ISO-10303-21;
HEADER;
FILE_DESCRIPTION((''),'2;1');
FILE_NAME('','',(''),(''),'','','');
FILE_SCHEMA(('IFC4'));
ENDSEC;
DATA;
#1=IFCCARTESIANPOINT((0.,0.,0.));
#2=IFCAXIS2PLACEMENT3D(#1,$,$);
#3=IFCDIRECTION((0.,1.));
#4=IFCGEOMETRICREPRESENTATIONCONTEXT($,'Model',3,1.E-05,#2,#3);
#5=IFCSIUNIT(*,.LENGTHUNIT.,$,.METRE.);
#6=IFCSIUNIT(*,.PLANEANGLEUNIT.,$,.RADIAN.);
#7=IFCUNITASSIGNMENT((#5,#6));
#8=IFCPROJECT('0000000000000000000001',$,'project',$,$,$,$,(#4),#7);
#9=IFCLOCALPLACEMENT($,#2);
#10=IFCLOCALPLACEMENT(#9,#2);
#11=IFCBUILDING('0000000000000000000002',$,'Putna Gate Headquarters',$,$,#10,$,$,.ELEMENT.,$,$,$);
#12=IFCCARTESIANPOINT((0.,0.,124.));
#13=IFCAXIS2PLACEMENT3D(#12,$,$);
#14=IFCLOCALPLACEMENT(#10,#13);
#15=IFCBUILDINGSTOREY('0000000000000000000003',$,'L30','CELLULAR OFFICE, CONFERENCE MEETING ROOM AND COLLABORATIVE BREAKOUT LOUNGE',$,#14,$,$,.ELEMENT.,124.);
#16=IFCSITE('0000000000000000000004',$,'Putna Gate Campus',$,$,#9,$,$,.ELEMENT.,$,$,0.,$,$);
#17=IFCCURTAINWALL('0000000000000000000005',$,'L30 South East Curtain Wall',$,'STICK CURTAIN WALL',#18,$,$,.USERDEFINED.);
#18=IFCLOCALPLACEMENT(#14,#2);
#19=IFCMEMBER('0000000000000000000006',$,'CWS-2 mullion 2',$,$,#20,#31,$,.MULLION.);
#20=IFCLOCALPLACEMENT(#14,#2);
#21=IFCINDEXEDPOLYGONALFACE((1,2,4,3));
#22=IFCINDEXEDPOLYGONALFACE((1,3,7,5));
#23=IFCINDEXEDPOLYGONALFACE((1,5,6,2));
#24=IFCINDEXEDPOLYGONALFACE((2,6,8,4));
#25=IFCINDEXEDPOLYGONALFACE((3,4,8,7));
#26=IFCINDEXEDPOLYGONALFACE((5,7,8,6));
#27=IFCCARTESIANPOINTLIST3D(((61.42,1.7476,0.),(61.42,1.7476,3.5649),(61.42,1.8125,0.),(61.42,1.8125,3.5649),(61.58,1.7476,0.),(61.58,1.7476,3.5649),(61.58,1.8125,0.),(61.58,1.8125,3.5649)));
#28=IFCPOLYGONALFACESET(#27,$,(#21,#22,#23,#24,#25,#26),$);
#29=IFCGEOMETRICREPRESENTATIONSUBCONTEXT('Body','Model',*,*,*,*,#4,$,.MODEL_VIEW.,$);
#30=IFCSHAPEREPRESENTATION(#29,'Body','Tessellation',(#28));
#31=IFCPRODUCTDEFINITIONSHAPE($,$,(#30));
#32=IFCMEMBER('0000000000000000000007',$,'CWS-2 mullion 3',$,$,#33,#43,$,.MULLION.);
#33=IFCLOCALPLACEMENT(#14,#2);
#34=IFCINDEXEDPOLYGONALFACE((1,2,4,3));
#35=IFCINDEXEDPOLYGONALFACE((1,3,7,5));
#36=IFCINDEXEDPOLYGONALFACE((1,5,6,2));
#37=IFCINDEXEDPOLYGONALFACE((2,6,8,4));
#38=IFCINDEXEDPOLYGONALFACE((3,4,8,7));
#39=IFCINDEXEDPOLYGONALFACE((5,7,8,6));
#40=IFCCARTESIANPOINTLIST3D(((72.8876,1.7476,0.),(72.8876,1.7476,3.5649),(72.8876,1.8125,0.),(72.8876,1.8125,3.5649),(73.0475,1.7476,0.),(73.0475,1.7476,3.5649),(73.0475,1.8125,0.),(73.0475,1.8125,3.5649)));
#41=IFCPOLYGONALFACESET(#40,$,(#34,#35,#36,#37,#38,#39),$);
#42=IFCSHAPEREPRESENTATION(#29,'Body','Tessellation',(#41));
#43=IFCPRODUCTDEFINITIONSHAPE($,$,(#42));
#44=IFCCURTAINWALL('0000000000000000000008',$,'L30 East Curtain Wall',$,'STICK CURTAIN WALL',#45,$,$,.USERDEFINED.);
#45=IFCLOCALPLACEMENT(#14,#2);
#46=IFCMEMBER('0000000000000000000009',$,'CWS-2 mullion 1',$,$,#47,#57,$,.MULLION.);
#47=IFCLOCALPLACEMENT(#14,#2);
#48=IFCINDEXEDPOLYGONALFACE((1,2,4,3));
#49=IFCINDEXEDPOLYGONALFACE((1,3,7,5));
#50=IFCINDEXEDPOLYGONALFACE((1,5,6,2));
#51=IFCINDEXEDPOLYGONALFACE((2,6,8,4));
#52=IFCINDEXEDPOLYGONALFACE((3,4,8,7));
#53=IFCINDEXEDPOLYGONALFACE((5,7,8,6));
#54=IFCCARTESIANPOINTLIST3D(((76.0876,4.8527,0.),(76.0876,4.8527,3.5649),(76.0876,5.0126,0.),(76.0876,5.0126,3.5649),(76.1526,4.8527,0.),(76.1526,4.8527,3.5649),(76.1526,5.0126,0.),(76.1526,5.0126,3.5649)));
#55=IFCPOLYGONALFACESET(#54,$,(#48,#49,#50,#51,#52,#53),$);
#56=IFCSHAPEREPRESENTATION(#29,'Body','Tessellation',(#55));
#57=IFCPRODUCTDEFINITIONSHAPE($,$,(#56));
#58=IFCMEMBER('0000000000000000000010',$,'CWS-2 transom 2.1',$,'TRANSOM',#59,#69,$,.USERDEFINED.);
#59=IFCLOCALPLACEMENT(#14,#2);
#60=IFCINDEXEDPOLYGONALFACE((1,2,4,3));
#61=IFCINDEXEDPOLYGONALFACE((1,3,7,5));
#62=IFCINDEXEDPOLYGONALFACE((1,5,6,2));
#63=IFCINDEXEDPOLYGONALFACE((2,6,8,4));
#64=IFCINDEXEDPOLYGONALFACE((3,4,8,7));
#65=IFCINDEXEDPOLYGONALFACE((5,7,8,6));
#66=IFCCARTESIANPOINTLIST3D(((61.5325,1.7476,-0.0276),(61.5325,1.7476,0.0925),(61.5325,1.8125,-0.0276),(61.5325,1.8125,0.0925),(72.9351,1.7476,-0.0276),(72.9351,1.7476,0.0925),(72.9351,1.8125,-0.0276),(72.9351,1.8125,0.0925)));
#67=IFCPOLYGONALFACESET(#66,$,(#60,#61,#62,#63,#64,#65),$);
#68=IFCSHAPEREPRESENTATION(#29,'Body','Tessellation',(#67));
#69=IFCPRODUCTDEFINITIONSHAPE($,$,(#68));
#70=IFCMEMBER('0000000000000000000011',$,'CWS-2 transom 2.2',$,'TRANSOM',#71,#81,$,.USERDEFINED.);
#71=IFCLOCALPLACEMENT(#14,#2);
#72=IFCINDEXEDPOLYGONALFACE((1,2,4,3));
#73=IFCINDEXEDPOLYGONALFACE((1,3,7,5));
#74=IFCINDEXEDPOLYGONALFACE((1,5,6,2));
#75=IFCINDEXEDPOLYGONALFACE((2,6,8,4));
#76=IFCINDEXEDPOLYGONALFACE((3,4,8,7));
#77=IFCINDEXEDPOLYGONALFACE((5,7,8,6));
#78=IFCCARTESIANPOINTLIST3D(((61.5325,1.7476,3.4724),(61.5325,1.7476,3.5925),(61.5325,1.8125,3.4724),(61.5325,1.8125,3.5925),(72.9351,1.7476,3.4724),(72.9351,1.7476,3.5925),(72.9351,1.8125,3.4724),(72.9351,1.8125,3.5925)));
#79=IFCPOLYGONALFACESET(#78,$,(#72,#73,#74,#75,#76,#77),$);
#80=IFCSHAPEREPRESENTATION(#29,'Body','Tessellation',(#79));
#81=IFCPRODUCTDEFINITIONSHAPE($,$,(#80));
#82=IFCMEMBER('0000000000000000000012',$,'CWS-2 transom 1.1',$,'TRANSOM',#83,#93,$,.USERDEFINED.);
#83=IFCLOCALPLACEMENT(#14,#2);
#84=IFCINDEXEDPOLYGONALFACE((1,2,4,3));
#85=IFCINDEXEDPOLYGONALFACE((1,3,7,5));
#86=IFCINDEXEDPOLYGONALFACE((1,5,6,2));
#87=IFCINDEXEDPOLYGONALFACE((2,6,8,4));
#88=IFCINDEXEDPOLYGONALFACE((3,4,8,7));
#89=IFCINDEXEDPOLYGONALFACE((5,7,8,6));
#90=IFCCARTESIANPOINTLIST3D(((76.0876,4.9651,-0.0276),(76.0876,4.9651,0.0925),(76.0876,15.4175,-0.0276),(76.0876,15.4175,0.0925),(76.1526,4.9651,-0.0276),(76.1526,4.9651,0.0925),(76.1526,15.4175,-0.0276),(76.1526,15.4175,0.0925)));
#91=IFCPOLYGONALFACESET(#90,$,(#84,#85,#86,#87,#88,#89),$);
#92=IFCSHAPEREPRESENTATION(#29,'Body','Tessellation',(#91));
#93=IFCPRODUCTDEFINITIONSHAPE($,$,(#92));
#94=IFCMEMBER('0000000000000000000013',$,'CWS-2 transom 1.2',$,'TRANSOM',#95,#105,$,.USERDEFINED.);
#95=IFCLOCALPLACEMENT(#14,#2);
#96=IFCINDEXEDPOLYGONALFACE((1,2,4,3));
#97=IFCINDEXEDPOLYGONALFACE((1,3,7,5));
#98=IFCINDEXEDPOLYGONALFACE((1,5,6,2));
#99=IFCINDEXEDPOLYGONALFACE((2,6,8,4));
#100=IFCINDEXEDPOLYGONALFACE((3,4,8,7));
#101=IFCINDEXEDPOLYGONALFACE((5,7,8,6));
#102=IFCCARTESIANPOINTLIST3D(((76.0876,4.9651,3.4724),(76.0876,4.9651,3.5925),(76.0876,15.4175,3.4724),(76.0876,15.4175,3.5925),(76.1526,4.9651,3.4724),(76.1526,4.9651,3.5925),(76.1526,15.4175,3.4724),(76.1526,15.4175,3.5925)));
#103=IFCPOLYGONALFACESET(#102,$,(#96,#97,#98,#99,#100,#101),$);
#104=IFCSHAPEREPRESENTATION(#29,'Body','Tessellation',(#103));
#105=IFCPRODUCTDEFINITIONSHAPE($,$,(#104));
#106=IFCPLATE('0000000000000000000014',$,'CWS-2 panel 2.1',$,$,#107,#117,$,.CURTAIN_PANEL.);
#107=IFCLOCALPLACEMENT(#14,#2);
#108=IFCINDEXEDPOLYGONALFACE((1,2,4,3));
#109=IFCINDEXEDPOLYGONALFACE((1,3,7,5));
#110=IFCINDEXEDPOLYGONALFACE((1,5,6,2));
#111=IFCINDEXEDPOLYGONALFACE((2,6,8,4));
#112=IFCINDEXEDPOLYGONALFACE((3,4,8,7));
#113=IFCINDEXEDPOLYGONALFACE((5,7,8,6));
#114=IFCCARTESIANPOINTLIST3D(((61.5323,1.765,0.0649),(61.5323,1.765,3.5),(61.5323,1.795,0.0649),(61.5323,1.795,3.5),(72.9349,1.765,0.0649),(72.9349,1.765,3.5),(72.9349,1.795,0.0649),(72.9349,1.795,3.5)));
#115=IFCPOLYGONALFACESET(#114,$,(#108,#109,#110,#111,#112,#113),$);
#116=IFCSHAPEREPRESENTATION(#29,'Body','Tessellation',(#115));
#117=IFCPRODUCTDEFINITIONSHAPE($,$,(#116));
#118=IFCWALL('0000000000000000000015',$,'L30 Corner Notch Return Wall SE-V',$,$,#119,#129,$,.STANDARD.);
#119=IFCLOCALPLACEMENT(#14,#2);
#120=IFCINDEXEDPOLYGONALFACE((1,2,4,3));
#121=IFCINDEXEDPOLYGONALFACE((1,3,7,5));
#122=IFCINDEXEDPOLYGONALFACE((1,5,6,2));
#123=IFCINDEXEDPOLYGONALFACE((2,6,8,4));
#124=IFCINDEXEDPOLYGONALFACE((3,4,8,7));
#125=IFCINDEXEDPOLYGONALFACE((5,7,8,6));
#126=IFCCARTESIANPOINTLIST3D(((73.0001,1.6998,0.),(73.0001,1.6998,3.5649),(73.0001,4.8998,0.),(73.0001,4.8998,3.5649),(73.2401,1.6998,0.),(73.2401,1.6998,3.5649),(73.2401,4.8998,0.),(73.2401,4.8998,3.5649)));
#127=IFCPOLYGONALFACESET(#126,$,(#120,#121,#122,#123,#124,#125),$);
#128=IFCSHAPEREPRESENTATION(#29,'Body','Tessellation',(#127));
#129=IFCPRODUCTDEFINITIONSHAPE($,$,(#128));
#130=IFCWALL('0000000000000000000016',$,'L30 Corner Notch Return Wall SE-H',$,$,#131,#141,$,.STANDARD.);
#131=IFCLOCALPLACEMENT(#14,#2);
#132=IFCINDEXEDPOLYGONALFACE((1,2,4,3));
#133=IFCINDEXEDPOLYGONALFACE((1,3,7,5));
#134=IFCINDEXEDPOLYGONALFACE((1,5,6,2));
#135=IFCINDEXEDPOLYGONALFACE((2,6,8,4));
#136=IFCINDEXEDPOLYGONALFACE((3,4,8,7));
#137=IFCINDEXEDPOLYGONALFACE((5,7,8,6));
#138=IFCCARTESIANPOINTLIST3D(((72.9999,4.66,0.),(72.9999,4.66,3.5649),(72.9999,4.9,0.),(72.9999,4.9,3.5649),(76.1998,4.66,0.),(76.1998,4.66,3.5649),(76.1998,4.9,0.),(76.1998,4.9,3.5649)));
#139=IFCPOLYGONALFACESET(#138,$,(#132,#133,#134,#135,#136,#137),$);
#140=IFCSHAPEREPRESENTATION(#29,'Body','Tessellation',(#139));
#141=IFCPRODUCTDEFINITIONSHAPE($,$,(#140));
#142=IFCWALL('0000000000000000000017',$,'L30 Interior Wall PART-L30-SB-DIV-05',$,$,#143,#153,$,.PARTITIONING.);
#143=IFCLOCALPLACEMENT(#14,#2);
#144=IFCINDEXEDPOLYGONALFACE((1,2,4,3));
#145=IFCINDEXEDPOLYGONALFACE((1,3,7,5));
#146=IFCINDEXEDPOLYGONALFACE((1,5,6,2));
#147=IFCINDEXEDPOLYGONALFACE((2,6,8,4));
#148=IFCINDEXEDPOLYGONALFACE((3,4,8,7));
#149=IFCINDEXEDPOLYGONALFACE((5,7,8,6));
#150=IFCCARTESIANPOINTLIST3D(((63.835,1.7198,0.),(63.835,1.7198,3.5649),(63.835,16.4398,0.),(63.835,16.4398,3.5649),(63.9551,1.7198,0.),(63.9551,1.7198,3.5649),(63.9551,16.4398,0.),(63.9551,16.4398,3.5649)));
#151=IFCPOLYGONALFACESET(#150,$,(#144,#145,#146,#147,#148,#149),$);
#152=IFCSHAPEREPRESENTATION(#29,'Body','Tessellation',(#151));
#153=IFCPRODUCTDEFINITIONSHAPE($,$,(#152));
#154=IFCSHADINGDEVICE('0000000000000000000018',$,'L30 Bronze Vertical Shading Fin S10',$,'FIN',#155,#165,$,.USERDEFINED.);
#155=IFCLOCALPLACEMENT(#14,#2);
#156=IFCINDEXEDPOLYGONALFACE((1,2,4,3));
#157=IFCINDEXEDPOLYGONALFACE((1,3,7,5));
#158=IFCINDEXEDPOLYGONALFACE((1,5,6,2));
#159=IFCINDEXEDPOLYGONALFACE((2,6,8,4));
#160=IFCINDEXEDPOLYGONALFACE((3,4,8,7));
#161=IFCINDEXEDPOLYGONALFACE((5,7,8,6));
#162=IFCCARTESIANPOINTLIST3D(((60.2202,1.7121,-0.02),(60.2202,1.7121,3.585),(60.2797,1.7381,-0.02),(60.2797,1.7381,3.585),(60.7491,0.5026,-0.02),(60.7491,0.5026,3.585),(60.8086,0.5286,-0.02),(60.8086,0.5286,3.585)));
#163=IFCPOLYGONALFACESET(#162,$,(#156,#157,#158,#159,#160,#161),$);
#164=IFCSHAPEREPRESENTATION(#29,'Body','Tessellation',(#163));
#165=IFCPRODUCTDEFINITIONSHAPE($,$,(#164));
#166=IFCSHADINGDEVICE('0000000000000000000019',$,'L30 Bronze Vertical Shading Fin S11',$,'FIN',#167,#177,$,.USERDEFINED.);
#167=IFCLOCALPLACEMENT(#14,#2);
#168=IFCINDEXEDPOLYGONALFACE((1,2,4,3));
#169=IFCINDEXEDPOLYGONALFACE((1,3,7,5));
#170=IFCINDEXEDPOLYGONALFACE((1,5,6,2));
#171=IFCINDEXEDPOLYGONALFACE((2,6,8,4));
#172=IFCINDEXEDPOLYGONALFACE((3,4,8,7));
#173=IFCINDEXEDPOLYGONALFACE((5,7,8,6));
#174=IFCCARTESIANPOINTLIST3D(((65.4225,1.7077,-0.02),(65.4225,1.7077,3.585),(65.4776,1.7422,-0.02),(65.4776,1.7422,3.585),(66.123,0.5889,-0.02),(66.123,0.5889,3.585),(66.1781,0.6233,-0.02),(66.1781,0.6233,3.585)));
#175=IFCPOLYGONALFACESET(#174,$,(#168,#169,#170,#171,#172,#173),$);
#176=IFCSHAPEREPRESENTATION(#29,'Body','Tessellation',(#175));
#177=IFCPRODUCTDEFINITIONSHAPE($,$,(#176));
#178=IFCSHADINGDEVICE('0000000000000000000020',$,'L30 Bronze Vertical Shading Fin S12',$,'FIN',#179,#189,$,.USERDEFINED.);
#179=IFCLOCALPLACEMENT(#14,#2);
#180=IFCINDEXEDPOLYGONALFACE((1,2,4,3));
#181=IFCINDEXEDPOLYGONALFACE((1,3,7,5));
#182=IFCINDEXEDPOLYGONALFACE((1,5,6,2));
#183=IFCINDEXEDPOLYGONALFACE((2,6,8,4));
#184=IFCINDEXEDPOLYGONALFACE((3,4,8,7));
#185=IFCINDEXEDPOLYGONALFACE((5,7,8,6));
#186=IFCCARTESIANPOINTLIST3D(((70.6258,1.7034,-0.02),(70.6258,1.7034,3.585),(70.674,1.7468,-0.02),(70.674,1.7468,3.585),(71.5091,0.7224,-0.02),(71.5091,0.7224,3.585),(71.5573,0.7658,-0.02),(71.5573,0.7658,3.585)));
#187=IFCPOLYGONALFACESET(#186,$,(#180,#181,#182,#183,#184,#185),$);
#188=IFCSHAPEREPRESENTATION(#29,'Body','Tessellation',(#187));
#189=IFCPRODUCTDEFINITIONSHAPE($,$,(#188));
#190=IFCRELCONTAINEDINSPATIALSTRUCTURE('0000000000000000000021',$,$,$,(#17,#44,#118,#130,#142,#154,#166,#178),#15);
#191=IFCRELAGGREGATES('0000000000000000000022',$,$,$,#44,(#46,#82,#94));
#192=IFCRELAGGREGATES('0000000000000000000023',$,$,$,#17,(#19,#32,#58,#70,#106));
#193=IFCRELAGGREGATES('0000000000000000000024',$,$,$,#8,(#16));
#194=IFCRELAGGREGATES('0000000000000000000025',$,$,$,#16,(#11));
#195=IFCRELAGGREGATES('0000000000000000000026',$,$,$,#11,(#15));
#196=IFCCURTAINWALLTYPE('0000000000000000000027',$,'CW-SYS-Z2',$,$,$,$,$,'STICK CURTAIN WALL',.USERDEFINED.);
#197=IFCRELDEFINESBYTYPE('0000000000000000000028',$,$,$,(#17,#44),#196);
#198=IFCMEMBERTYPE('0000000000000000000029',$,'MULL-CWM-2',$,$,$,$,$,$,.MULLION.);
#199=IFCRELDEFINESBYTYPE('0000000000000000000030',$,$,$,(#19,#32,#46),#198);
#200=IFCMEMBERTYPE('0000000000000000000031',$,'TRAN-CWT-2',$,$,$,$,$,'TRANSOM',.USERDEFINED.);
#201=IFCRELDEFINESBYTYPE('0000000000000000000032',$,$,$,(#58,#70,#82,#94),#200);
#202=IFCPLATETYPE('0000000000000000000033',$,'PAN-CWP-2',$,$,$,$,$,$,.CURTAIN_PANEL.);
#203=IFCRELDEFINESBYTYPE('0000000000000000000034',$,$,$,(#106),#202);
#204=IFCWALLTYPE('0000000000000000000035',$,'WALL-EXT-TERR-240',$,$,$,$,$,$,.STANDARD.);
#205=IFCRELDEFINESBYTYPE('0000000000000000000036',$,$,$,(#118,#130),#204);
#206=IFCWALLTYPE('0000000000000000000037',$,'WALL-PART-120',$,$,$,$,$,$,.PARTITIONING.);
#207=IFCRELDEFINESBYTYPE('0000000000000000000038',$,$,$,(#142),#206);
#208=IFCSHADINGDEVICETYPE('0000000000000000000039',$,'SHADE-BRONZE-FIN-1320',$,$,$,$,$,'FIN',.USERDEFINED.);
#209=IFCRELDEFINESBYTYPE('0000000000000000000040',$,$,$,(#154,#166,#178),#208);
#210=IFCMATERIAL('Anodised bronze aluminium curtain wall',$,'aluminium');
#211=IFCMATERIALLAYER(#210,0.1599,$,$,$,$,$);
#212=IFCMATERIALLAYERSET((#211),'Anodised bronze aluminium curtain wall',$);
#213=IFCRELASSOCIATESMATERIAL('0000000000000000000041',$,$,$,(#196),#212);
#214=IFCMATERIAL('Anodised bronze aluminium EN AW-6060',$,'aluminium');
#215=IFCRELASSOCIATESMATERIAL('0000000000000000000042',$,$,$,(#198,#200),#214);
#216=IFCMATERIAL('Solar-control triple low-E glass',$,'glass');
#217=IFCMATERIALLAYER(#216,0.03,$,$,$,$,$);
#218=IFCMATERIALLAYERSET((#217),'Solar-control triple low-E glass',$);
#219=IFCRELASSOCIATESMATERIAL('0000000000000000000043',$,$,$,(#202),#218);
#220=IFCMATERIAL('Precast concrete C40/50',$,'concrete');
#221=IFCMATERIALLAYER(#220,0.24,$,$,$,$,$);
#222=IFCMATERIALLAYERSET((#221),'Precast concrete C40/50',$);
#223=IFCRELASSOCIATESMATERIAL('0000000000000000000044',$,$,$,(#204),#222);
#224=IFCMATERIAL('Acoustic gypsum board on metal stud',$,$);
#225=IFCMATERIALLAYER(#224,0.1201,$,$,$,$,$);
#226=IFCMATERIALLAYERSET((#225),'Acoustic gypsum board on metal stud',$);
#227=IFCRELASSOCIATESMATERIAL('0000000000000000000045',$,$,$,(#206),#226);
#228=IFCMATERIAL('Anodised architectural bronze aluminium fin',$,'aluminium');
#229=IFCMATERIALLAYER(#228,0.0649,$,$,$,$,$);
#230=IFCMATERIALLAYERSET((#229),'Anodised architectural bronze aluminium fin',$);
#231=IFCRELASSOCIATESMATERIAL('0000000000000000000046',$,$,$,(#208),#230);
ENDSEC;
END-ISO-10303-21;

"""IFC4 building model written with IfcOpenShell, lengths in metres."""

from ifc_helpers import new_model, si_unit, direction, frame, frame_2d, origin, origin_2d, place, context, subcontext, project, spatial, rectangle, extrude, material, layer, layer_set, material_profile, profile_set, type_object, element, aggregate, save


model = new_model("IFC4")

# Units and contexts
model_context = context("Model", 3, precision=1e-05, world=origin(), true_north=direction((0.0, 1.0)))
body_context = subcontext(model_context, "Body", "Model", "MODEL_VIEW")
ifc_project = project(units=[si_unit("LENGTHUNIT", "METRE"), si_unit("PLANEANGLEUNIT", "RADIAN")], contexts=[model_context])

# Site, building, storey
site_placement = place(None, origin())
site = spatial("IfcSite", under=ifc_project, at=site_placement, Name="Putna Gate Campus", CompositionType="ELEMENT", RefElevation=0.0)
building_placement = place(site_placement, origin())
building = spatial("IfcBuilding", under=site, at=building_placement, Name="Putna Gate Headquarters", CompositionType="ELEMENT")
storey_placement = place(building_placement, frame((0.0, 0.0, 124.0)))
storey = spatial("IfcBuildingStorey", under=building, at=storey_placement, Name="L30", Description="CELLULAR OFFICE, CONFERENCE MEETING ROOM AND COLLABORATIVE BREAKOUT LOUNGE", CompositionType="ELEMENT", Elevation=124.0)

# Curtain wall, members
ifc_material_1 = material(Name="Anodised bronze aluminium curtain wall", Category="aluminium")
ifc_layer_1 = layer(ifc_material_1, 0.1599)
ifc_layer_set_1 = layer_set([ifc_layer_1], Name="Anodised bronze aluminium curtain wall")
curtain_wall_type = type_object("IfcCurtainWallType", Name="CW-SYS-Z2", ElementType="STICK CURTAIN WALL", PredefinedType="USERDEFINED", material=ifc_layer_set_1)
curtain_wall_1_placement = place(storey_placement, origin())
curtain_wall_1 = element("IfcCurtainWall", 1, at=curtain_wall_1_placement, inside=storey, type_object=curtain_wall_type, Name="L30 South East Curtain Wall", ObjectType="STICK CURTAIN WALL", PredefinedType="USERDEFINED")
ifc_material_2 = material(Name="Anodised bronze aluminium EN AW-6060", Category="aluminium")
ifc_material_profile_1 = material_profile(ifc_material_2, rectangle(XDim=0.0649, YDim=0.1599, at=origin_2d()), Name="Anodised bronze aluminium EN AW-6060")
ifc_profile_set_1 = profile_set([ifc_material_profile_1], Name="Anodised bronze aluminium EN AW-6060")
member_type_1 = type_object("IfcMemberType", Name="MULL-CWM-2", PredefinedType="MULLION", material=ifc_profile_set_1)
member_1_placement = place(storey_placement, frame((61.5, 1.78, 0.0), z_axis=(0.0, 0.0, 1.0), x_axis=(0.0, 1.0, 0.0)))
member_1 = element("IfcMember", 2, at=member_1_placement, type_object=member_type_1, Name="CWS-2 mullion 2", PredefinedType="MULLION", context=body_context, shape_type="SweptSolid", body=[
    extrude(rectangle(XDim=0.0649, YDim=0.1599, at=origin_2d()), origin(), (0.0, 0.0, 1.0), 3.5649),
])
member_2_placement = place(storey_placement, frame((72.9675, 1.78, 0.0), z_axis=(0.0, 0.0, 1.0), x_axis=(0.0, 1.0, 0.0)))
member_2 = element("IfcMember", 3, at=member_2_placement, type_object=member_type_1, Name="CWS-2 mullion 3", PredefinedType="MULLION", context=body_context, shape_type="SweptSolid", body=[
    extrude(rectangle(XDim=0.0649, YDim=0.1599, at=origin_2d()), origin(), (0.0, 0.0, 1.0), 3.5649),
])

# Curtain wall, member
curtain_wall_2_placement = place(storey_placement, origin())
curtain_wall_2 = element("IfcCurtainWall", 4, at=curtain_wall_2_placement, inside=storey, type_object=curtain_wall_type, Name="L30 East Curtain Wall", ObjectType="STICK CURTAIN WALL", PredefinedType="USERDEFINED")
member_3_placement = place(storey_placement, frame((76.1201, 4.9326, 0.0), z_axis=(0.0, 0.0, 1.0), x_axis=(-1.0, 0.0, 0.0)))
member_3 = element("IfcMember", 5, at=member_3_placement, type_object=member_type_1, Name="CWS-2 mullion 1", PredefinedType="MULLION", context=body_context, shape_type="SweptSolid", body=[
    extrude(rectangle(XDim=0.0649, YDim=0.1599, at=origin_2d()), origin(), (0.0, 0.0, 1.0), 3.5649),
])

# Members
ifc_material_profile_2 = material_profile(ifc_material_2, rectangle(XDim=0.0649, YDim=0.1201, at=origin_2d()), Name="Anodised bronze aluminium EN AW-6060")
ifc_profile_set_2 = profile_set([ifc_material_profile_2], Name="Anodised bronze aluminium EN AW-6060")
member_type_2 = type_object("IfcMemberType", Name="TRAN-CWT-2", ElementType="TRANSOM", PredefinedType="USERDEFINED", material=ifc_profile_set_2)
member_4_placement = place(storey_placement, frame((61.5325, 1.78, 0.0325), z_axis=(1.0, 0.0, 0.0), x_axis=(0.0, 1.0, 0.0)))
member_4 = element("IfcMember", 6, at=member_4_placement, type_object=member_type_2, Name="CWS-2 transom 2.1", ObjectType="TRANSOM", PredefinedType="USERDEFINED", context=body_context, shape_type="SweptSolid", body=[
    extrude(rectangle(XDim=0.0649, YDim=0.1201, at=origin_2d()), origin(), (0.0, 0.0, 1.0), 11.4026),
])
member_5_placement = place(storey_placement, frame((61.5325, 1.78, 3.5325), z_axis=(1.0, 0.0, 0.0), x_axis=(0.0, 1.0, 0.0)))
member_5 = element("IfcMember", 7, at=member_5_placement, type_object=member_type_2, Name="CWS-2 transom 2.2", ObjectType="TRANSOM", PredefinedType="USERDEFINED", context=body_context, shape_type="SweptSolid", body=[
    extrude(rectangle(XDim=0.0649, YDim=0.1201, at=origin_2d()), origin(), (0.0, 0.0, 1.0), 11.4026),
])
member_6_placement = place(storey_placement, frame((76.1201, 4.9651, 0.0325), z_axis=(0.0, 1.0, 0.0), x_axis=(-1.0, 0.0, 0.0)))
member_6 = element("IfcMember", 8, at=member_6_placement, type_object=member_type_2, Name="CWS-2 transom 1.1", ObjectType="TRANSOM", PredefinedType="USERDEFINED", context=body_context, shape_type="SweptSolid", body=[
    extrude(rectangle(XDim=0.0649, YDim=0.1201, at=origin_2d()), origin(), (0.0, 0.0, 1.0), 10.4524),
])
member_7_placement = place(storey_placement, frame((76.1201, 4.9651, 3.5325), z_axis=(0.0, 1.0, 0.0), x_axis=(-1.0, 0.0, 0.0)))
member_7 = element("IfcMember", 9, at=member_7_placement, type_object=member_type_2, Name="CWS-2 transom 1.2", ObjectType="TRANSOM", PredefinedType="USERDEFINED", context=body_context, shape_type="SweptSolid", body=[
    extrude(rectangle(XDim=0.0649, YDim=0.1201, at=origin_2d()), origin(), (0.0, 0.0, 1.0), 10.4524),
])
aggregate(curtain_wall_2, [member_3, member_6, member_7])

# Plate
ifc_material_3 = material(Name="Solar-control triple low-E glass", Category="glass")
ifc_layer_2 = layer(ifc_material_3, 0.03)
ifc_layer_set_2 = layer_set([ifc_layer_2], Name="Solar-control triple low-E glass")
plate_type = type_object("IfcPlateType", Name="PAN-CWP-2", PredefinedType="CURTAIN_PANEL", material=ifc_layer_set_2)
plate_placement = place(storey_placement, frame((67.2336, 1.78, 0.0649), z_axis=(0.0, 0.0, 1.0), x_axis=(1.0, 0.0, 0.0)))
plate = element("IfcPlate", 10, at=plate_placement, type_object=plate_type, Name="CWS-2 panel 2.1", PredefinedType="CURTAIN_PANEL", context=body_context, shape_type="SweptSolid", body=[
    extrude(rectangle(XDim=11.4026, YDim=0.03, at=origin_2d()), origin(), (0.0, 0.0, 1.0), 3.4351),
])
aggregate(curtain_wall_1, [member_1, member_2, member_4, member_5, plate])

# Walls
ifc_material_4 = material(Name="Precast concrete C40/50", Category="concrete")
ifc_layer_3 = layer(ifc_material_4, 0.24)
ifc_layer_set_3 = layer_set([ifc_layer_3], Name="Precast concrete C40/50")
wall_type_1 = type_object("IfcWallType", Name="WALL-EXT-TERR-240", PredefinedType="STANDARD", material=ifc_layer_set_3)
for number, where, z_axis, x_axis, name in (
    (11, (73.1201, 4.8999, 0.0), (0.0, 0.0, 1.0), (0.0, -1.0, 0.0), "L30 Corner Notch Return Wall SE-V"),
    (12, (76.2, 4.78, 0.0), (0.0, 0.0, 1.0), (-1.0, 0.0, 0.0), "L30 Corner Notch Return Wall SE-H"),
):
    element("IfcWall", number, at=place(storey_placement, frame(where, z_axis=z_axis, x_axis=x_axis)), inside=storey, type_object=wall_type_1, Name=name, PredefinedType="STANDARD", context=body_context, shape_type="SweptSolid", body=[
        extrude(rectangle(XDim=3.2, YDim=0.24, at=frame_2d((1.6001, 0.0))), origin(), (0.0, 0.0, 1.0), 3.5649),
    ])
ifc_material_5 = material(Name="Acoustic gypsum board on metal stud")
ifc_layer_4 = layer(ifc_material_5, 0.1201)
ifc_layer_set_4 = layer_set([ifc_layer_4], Name="Acoustic gypsum board on metal stud")
wall_type_2 = type_object("IfcWallType", Name="WALL-PART-120", PredefinedType="PARTITIONING", material=ifc_layer_set_4)
wall_placement = place(storey_placement, frame((63.895, 1.72, 0.0), z_axis=(0.0, 0.0, 1.0), x_axis=(0.0, 1.0, 0.0)))
element("IfcWall", 13, at=wall_placement, inside=storey, type_object=wall_type_2, Name="L30 Interior Wall PART-L30-SB-DIV-05", PredefinedType="PARTITIONING", context=body_context, shape_type="SweptSolid", body=[
    extrude(rectangle(XDim=14.72, YDim=0.1201, at=frame_2d((7.3599, 0.0))), origin(), (0.0, 0.0, 1.0), 3.5649),
])

# Shading devices
ifc_material_6 = material(Name="Anodised architectural bronze aluminium fin", Category="aluminium")
ifc_layer_5 = layer(ifc_material_6, 0.0649)
ifc_layer_set_5 = layer_set([ifc_layer_5], Name="Anodised architectural bronze aluminium fin")
shading_device_type = type_object("IfcShadingDeviceType", Name="SHADE-BRONZE-FIN-1320", ElementType="FIN", PredefinedType="USERDEFINED", material=ifc_layer_set_5)
for number, where, z_axis, x_axis, name in (
    (14, (60.5144, 1.1204, -0.02), (0.0, 0.0, 1.0), (0.400669, -0.916223, 0.0), "L30 Bronze Vertical Shading Fin S10"),
    (15, (65.8003, 1.1655, -0.02), (0.0, 0.0, 1.0), (0.530659, -0.847585, 0.0), "L30 Bronze Vertical Shading Fin S11"),
    (16, (71.0916, 1.2346, -0.02), (0.0, 0.0, 1.0), (0.669131, -0.743145, 0.0), "L30 Bronze Vertical Shading Fin S12"),
):
    element("IfcShadingDevice", number, at=place(storey_placement, frame(where, z_axis=z_axis, x_axis=x_axis)), inside=storey, type_object=shading_device_type, Name=name, ObjectType="FIN", PredefinedType="USERDEFINED", context=body_context, shape_type="SweptSolid", body=[
        extrude(rectangle(XDim=1.3201, YDim=0.0649, at=origin_2d()), origin(), (0.0, 0.0, 1.0), 3.605),
    ])

save(model, "model.ifc")
